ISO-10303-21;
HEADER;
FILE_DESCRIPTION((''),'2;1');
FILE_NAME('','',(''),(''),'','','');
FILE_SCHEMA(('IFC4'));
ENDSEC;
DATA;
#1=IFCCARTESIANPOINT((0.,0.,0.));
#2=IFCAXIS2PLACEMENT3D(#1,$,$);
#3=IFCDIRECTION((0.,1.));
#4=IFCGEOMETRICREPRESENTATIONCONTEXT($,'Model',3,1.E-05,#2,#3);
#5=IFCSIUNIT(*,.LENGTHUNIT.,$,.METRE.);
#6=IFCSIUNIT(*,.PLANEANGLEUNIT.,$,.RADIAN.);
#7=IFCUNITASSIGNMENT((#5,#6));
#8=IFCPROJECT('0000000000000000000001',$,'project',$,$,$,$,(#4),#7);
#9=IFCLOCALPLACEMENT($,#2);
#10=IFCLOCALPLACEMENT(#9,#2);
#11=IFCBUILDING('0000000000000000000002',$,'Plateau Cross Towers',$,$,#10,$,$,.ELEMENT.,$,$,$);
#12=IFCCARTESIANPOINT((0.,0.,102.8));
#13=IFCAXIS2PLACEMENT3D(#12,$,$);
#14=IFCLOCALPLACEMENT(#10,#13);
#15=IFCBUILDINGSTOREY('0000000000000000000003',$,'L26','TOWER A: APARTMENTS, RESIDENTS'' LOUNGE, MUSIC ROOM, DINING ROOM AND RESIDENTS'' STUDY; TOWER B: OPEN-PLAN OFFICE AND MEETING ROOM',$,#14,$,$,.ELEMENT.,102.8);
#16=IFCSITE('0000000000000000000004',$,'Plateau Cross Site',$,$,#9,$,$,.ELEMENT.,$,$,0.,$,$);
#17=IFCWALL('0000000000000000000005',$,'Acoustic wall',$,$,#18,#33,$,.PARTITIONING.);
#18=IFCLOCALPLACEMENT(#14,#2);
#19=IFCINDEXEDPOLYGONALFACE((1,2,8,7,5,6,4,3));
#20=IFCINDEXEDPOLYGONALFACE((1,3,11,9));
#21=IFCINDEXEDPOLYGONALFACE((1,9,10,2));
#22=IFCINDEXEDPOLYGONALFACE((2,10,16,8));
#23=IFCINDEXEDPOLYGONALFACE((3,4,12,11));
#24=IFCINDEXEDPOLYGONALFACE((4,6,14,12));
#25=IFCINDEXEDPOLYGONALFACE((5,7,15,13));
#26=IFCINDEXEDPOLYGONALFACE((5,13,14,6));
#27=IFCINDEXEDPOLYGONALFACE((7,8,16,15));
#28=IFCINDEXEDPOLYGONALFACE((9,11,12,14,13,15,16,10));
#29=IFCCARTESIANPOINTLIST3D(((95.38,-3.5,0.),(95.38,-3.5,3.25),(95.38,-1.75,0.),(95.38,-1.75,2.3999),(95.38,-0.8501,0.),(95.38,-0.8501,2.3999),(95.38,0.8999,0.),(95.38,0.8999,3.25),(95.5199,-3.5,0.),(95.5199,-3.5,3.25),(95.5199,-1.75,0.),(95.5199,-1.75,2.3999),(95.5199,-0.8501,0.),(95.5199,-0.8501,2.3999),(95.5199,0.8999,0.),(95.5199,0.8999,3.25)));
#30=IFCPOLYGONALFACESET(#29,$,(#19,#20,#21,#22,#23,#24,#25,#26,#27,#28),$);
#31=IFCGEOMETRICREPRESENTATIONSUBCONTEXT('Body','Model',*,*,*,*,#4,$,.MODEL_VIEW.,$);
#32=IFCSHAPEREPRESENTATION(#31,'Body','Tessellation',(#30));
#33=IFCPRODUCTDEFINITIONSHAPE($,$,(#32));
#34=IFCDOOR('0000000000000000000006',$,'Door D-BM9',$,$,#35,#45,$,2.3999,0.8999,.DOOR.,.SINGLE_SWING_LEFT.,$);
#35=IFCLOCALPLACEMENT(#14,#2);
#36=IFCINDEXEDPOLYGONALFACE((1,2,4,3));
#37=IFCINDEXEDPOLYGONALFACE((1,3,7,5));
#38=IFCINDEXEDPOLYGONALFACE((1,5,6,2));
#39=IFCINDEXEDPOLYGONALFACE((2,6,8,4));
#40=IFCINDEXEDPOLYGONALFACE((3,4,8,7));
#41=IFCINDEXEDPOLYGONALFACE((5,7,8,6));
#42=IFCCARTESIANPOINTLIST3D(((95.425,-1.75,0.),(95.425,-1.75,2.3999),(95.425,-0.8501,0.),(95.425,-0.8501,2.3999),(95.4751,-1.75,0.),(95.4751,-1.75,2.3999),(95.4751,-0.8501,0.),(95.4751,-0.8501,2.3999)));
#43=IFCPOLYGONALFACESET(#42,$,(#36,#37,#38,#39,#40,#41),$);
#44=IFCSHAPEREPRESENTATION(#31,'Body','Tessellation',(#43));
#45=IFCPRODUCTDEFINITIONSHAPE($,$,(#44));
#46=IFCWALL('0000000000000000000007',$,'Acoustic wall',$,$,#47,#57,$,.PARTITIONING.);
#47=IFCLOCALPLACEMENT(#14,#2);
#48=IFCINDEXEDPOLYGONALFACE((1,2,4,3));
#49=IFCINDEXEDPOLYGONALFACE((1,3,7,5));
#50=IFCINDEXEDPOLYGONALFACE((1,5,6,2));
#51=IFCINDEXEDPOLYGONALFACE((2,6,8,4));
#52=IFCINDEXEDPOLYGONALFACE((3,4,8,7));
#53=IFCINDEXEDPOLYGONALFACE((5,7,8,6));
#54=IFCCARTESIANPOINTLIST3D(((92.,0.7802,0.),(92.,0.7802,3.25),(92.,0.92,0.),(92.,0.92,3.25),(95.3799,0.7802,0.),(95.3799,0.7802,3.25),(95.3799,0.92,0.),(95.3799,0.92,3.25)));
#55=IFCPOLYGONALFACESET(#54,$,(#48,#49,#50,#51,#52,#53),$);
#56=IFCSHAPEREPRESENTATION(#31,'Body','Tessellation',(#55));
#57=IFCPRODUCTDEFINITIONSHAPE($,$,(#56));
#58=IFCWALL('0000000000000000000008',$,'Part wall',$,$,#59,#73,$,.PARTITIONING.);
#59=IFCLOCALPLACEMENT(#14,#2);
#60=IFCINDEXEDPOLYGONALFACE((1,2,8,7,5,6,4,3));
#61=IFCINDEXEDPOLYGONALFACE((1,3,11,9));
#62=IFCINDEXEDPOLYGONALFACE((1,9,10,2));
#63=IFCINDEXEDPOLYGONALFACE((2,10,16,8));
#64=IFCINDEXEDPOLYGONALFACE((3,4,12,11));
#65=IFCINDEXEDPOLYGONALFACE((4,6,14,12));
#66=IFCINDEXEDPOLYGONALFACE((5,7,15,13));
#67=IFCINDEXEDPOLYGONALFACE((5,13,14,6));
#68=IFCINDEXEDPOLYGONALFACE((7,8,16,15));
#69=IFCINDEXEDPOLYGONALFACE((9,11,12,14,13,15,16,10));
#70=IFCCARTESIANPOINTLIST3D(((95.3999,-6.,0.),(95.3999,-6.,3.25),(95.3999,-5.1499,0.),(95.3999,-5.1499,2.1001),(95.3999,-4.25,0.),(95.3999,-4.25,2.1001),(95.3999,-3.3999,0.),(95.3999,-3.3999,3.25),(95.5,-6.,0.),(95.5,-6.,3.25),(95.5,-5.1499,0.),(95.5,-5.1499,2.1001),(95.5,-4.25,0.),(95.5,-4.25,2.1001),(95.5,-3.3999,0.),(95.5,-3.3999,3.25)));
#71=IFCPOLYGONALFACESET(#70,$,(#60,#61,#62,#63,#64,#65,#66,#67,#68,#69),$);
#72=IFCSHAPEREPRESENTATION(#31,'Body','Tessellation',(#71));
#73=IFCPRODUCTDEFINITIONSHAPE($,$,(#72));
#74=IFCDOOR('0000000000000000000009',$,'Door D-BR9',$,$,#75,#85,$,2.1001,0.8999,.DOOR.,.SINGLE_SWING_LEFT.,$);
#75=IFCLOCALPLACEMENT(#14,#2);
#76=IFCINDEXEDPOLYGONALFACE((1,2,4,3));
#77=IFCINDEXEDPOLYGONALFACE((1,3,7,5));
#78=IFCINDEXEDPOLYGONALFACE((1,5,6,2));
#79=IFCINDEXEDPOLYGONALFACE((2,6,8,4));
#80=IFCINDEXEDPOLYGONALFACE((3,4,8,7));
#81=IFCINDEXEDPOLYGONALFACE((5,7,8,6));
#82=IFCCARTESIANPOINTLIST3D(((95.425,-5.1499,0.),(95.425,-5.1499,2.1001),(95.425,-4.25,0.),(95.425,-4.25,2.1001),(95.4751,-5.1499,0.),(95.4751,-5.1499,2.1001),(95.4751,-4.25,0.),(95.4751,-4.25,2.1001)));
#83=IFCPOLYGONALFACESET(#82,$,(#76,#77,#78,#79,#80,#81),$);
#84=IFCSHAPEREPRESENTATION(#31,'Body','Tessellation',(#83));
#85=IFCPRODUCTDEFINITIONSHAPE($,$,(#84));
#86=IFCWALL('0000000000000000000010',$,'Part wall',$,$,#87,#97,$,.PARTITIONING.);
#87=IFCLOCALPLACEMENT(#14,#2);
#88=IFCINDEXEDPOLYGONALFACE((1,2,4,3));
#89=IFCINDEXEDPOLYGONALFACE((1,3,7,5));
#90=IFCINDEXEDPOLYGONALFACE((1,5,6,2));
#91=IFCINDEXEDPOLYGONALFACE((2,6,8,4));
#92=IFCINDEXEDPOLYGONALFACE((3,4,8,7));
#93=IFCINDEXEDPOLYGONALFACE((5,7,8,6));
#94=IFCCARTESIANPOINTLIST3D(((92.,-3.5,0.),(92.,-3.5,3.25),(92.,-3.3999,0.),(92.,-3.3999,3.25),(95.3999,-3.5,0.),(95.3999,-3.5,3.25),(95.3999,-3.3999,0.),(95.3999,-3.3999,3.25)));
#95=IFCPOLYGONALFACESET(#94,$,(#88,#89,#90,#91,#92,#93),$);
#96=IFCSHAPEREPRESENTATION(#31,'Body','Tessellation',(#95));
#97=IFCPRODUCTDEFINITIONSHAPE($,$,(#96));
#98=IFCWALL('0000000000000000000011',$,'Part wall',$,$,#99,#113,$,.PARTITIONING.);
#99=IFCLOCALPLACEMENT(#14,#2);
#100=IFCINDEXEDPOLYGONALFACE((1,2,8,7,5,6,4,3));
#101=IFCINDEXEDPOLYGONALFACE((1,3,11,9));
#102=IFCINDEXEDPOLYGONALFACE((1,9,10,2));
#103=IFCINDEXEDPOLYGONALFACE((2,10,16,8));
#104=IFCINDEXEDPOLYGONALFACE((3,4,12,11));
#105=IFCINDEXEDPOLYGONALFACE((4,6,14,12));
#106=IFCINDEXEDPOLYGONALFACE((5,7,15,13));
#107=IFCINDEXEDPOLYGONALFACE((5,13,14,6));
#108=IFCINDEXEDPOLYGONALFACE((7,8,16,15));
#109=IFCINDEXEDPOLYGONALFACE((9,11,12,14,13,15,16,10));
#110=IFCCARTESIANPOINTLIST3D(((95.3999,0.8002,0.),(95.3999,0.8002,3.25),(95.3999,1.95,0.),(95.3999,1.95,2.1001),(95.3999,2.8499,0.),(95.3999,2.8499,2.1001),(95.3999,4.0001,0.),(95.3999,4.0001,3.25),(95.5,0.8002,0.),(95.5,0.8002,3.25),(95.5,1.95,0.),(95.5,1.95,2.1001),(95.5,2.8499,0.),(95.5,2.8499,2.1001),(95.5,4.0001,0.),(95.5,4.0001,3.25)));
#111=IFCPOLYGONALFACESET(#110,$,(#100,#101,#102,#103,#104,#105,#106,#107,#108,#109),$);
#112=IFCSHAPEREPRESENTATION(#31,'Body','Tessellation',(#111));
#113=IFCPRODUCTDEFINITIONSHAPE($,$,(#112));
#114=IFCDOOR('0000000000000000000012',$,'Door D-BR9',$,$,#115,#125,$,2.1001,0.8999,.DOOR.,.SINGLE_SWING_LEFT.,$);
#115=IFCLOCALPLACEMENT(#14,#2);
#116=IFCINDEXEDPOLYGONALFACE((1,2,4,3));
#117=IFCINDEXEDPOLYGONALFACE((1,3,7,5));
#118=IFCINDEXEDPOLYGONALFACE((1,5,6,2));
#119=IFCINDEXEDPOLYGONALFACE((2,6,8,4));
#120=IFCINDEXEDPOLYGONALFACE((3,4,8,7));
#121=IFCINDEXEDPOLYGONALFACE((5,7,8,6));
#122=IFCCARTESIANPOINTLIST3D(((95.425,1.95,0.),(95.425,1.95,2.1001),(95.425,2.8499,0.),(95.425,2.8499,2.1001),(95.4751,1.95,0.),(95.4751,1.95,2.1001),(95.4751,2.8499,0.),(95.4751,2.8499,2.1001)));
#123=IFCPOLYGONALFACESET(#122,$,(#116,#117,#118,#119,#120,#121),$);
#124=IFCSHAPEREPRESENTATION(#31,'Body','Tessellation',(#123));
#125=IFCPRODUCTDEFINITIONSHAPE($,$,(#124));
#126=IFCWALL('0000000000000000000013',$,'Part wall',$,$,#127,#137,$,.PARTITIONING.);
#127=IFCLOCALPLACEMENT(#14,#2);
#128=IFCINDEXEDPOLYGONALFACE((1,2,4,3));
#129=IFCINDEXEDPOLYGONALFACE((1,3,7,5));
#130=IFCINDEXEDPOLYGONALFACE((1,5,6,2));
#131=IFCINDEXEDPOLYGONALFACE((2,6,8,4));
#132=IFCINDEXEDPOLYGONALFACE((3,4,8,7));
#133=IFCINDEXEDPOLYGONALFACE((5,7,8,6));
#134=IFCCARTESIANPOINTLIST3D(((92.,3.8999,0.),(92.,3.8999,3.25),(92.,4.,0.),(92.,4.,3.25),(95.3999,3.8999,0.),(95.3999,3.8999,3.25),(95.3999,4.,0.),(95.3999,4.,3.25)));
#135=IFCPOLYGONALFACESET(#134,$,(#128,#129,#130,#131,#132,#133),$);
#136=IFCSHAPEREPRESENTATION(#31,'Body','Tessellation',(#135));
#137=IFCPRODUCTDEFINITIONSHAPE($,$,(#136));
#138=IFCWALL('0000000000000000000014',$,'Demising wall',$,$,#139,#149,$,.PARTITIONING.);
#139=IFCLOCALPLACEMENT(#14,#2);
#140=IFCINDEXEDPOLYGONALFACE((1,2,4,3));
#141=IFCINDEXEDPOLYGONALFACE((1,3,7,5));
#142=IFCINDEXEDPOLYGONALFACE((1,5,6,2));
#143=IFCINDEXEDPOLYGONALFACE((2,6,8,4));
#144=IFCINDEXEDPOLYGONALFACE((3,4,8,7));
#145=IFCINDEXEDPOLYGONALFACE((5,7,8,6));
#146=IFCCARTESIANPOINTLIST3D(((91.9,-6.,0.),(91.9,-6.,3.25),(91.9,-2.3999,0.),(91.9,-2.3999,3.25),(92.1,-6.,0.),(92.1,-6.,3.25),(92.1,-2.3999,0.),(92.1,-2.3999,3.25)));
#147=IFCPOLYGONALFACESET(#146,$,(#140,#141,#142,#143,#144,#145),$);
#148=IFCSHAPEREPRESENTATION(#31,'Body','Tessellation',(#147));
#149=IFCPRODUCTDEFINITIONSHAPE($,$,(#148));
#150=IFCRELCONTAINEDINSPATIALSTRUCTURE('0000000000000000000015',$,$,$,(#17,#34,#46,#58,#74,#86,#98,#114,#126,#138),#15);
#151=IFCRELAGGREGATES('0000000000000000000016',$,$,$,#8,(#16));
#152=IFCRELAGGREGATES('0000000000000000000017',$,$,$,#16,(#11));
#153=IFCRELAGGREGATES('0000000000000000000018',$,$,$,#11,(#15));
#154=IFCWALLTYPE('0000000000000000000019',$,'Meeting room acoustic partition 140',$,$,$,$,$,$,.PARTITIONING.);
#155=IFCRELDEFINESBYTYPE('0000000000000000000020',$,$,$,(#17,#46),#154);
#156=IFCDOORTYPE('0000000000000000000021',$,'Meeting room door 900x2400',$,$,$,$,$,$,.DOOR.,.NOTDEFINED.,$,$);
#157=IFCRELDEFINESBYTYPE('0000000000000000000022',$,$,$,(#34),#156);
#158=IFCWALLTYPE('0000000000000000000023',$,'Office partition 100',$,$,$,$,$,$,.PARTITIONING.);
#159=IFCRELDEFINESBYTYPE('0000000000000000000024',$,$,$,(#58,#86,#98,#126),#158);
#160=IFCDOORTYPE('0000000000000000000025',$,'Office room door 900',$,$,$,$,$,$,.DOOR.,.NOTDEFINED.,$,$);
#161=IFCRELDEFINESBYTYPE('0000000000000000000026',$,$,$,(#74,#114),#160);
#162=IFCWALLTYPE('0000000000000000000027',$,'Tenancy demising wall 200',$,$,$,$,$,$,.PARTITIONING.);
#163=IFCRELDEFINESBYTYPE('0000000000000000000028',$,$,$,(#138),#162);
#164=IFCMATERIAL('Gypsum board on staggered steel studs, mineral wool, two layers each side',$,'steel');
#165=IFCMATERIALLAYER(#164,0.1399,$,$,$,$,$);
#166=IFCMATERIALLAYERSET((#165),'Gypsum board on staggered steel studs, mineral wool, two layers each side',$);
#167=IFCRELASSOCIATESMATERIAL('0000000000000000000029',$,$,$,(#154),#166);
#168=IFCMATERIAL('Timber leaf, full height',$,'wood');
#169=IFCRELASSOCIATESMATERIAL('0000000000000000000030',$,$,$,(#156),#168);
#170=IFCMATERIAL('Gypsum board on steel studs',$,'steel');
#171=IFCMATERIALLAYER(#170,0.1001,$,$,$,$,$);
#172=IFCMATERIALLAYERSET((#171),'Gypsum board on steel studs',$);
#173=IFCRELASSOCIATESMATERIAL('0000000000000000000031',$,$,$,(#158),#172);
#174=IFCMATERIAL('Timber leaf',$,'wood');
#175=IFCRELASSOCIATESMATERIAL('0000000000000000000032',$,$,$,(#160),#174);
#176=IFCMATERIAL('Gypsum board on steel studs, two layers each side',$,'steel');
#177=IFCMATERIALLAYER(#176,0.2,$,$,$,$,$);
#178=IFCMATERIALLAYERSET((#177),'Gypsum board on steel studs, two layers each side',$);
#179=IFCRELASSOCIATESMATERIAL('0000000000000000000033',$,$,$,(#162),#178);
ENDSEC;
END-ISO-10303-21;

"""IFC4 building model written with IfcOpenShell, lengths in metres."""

from ifc_helpers import new_model, si_unit, direction, frame, frame_2d, origin, place, context, subcontext, project, spatial, rectangle, extrude, material, layer, layer_set, type_object, element, fill, save


model = new_model("IFC4")

# Units and contexts
model_context = context("Model", 3, precision=1e-05, world=origin(), true_north=direction((0.0, 1.0)))
body_context = subcontext(model_context, "Body", "Model", "MODEL_VIEW")
ifc_project = project(units=[si_unit("LENGTHUNIT", "METRE"), si_unit("PLANEANGLEUNIT", "RADIAN")], contexts=[model_context])

# Site, building, storey
site_placement = place(None, origin())
site = spatial("IfcSite", under=ifc_project, at=site_placement, Name="Plateau Cross Site", CompositionType="ELEMENT", RefElevation=0.0)
building_placement = place(site_placement, origin())
building = spatial("IfcBuilding", under=site, at=building_placement, Name="Plateau Cross Towers", CompositionType="ELEMENT")
storey_placement = place(building_placement, frame((0.0, 0.0, 102.8)))
storey = spatial("IfcBuildingStorey", under=building, at=storey_placement, Name="L26", Description="TOWER A: APARTMENTS, RESIDENTS' LOUNGE, MUSIC ROOM, DINING ROOM AND RESIDENTS' STUDY; TOWER B: OPEN-PLAN OFFICE AND MEETING ROOM", CompositionType="ELEMENT", Elevation=102.8)

# Wall, opening, door
ifc_material_1 = material(Name="Gypsum board on steel studs, two layers each side", Category="steel")
ifc_material_2 = material(Name="Gypsum board on staggered steel studs, mineral wool, two layers each side", Category="steel")
ifc_layer_1 = layer(ifc_material_2, 0.1399)
ifc_layer_set_1 = layer_set([ifc_layer_1], Name="Gypsum board on staggered steel studs, mineral wool, two layers each side")
wall_type_1 = type_object("IfcWallType", Name="Meeting room acoustic partition 140", PredefinedType="PARTITIONING", material=ifc_layer_set_1)
wall_1_placement = place(storey_placement, frame((95.45, -3.5, 0.0), z_axis=(0.0, 0.0, 1.0), x_axis=(0.0, 1.0, 0.0)))
wall_1 = element("IfcWall", 1, at=wall_1_placement, inside=storey, type_object=wall_type_1, Name="Acoustic wall", PredefinedType="PARTITIONING", context=body_context, shape_type="SweptSolid", body=[
    extrude(rectangle(XDim=4.3999, YDim=0.1399, at=frame_2d((2.2, 0.0))), origin(), (0.0, 0.0, 1.0), 3.25),
])
opening_1_placement = place(wall_1_placement, frame((1.75, 0.0, 0.0)))
opening_1 = element("IfcOpeningElement", 2, at=opening_1_placement, cuts=wall_1, PredefinedType="OPENING", context=body_context, shape_type="SweptSolid", body=[
    extrude(rectangle(XDim=0.8999, YDim=2.3999, at=frame_2d((0.45, 1.2))), frame((0.0, 0.0798, 0.0), z_axis=(0.0, -1.0, 0.0), x_axis=(1.0, 0.0, 0.0)), (0.0, 0.0, 1.0), 0.1599),
])
ifc_material_3 = material(Name="Timber leaf, full height", Category="wood")
door_type_1 = type_object("IfcDoorType", Name="Meeting room door 900x2400", OperationType="NOTDEFINED", PredefinedType="DOOR", material=ifc_material_3)
door_1_placement = place(opening_1_placement, origin())
door_1 = element("IfcDoor", 3, at=door_1_placement, inside=storey, type_object=door_type_1, Name="Door D-BM9", OperationType="SINGLE_SWING_LEFT", OverallHeight=2.3999, OverallWidth=0.8999, PredefinedType="DOOR", context=body_context, shape_type="SweptSolid", body=[
    extrude(rectangle(XDim=0.8999, YDim=2.3999, at=frame_2d((0.45, 1.2))), frame((0.0, 0.0249, 0.0), z_axis=(0.0, -1.0, 0.0), x_axis=(1.0, 0.0, 0.0)), (0.0, 0.0, 1.0), 0.05),
])
fill(opening_1, door_1)

# Wall
wall_2_placement = place(storey_placement, frame((92.0, 0.8501, 0.0), z_axis=(0.0, 0.0, 1.0), x_axis=(1.0, 0.0, 0.0)))
element("IfcWall", 4, at=wall_2_placement, inside=storey, type_object=wall_type_1, Name="Acoustic wall", PredefinedType="PARTITIONING", context=body_context, shape_type="SweptSolid", body=[
    extrude(rectangle(XDim=3.3799, YDim=0.1399, at=frame_2d((1.6899, 0.0))), origin(), (0.0, 0.0, 1.0), 3.25),
])

# Wall, opening, door
ifc_material_4 = material(Name="Gypsum board on steel studs", Category="steel")
ifc_layer_2 = layer(ifc_material_4, 0.1001)
ifc_layer_set_2 = layer_set([ifc_layer_2], Name="Gypsum board on steel studs")
wall_type_2 = type_object("IfcWallType", Name="Office partition 100", PredefinedType="PARTITIONING", material=ifc_layer_set_2)
wall_3_placement = place(storey_placement, frame((95.45, -6.0, 0.0), z_axis=(0.0, 0.0, 1.0), x_axis=(0.0, 1.0, 0.0)))
wall_3 = element("IfcWall", 5, at=wall_3_placement, inside=storey, type_object=wall_type_2, Name="Part wall", PredefinedType="PARTITIONING", context=body_context, shape_type="SweptSolid", body=[
    extrude(rectangle(XDim=2.6001, YDim=0.1001, at=frame_2d((1.3, 0.0))), origin(), (0.0, 0.0, 1.0), 3.25),
])
opening_2_placement = place(wall_3_placement, frame((0.8501, 0.0, 0.0)))
opening_2 = element("IfcOpeningElement", 6, at=opening_2_placement, cuts=wall_3, PredefinedType="OPENING", context=body_context, shape_type="SweptSolid", body=[
    extrude(rectangle(XDim=0.8999, YDim=2.1001, at=frame_2d((0.45, 1.05))), frame((0.0, 0.0601, 0.0), z_axis=(0.0, -1.0, 0.0), x_axis=(1.0, 0.0, 0.0)), (0.0, 0.0, 1.0), 0.1201),
])
ifc_material_5 = material(Name="Timber leaf", Category="wood")
door_type_2 = type_object("IfcDoorType", Name="Office room door 900", OperationType="NOTDEFINED", PredefinedType="DOOR", material=ifc_material_5)
door_2_placement = place(opening_2_placement, origin())
door_2 = element("IfcDoor", 7, at=door_2_placement, inside=storey, type_object=door_type_2, Name="Door D-BR9", OperationType="SINGLE_SWING_LEFT", OverallHeight=2.1001, OverallWidth=0.8999, PredefinedType="DOOR", context=body_context, shape_type="SweptSolid", body=[
    extrude(rectangle(XDim=0.8999, YDim=2.1001, at=frame_2d((0.45, 1.05))), frame((0.0, 0.0249, 0.0), z_axis=(0.0, -1.0, 0.0), x_axis=(1.0, 0.0, 0.0)), (0.0, 0.0, 1.0), 0.05),
])
fill(opening_2, door_2)

# Wall
wall_4_placement = place(storey_placement, frame((92.0, -3.45, 0.0), z_axis=(0.0, 0.0, 1.0), x_axis=(1.0, 0.0, 0.0)))
element("IfcWall", 8, at=wall_4_placement, inside=storey, type_object=wall_type_2, Name="Part wall", PredefinedType="PARTITIONING", context=body_context, shape_type="SweptSolid", body=[
    extrude(rectangle(XDim=3.3999, YDim=0.1001, at=frame_2d((1.7, 0.0))), origin(), (0.0, 0.0, 1.0), 3.25),
])

# Wall, opening, door
wall_5_placement = place(storey_placement, frame((95.45, 0.8, 0.0), z_axis=(0.0, 0.0, 1.0), x_axis=(0.0, 1.0, 0.0)))
wall_5 = element("IfcWall", 9, at=wall_5_placement, inside=storey, type_object=wall_type_2, Name="Part wall", PredefinedType="PARTITIONING", context=body_context, shape_type="SweptSolid", body=[
    extrude(rectangle(XDim=3.2, YDim=0.1001, at=frame_2d((1.6001, 0.0))), origin(), (0.0, 0.0, 1.0), 3.25),
])
opening_3_placement = place(wall_5_placement, frame((1.1499, 0.0, 0.0)))
opening_3 = element("IfcOpeningElement", 10, at=opening_3_placement, cuts=wall_5, PredefinedType="OPENING", context=body_context, shape_type="SweptSolid", body=[
    extrude(rectangle(XDim=0.8999, YDim=2.1001, at=frame_2d((0.45, 1.05))), frame((0.0, 0.0601, 0.0), z_axis=(0.0, -1.0, 0.0), x_axis=(1.0, 0.0, 0.0)), (0.0, 0.0, 1.0), 0.1201),
])
door_3_placement = place(opening_3_placement, origin())
door_3 = element("IfcDoor", 11, at=door_3_placement, inside=storey, type_object=door_type_2, Name="Door D-BR9", OperationType="SINGLE_SWING_LEFT", OverallHeight=2.1001, OverallWidth=0.8999, PredefinedType="DOOR", context=body_context, shape_type="SweptSolid", body=[
    extrude(rectangle(XDim=0.8999, YDim=2.1001, at=frame_2d((0.45, 1.05))), frame((0.0, 0.0249, 0.0), z_axis=(0.0, -1.0, 0.0), x_axis=(1.0, 0.0, 0.0)), (0.0, 0.0, 1.0), 0.05),
])
fill(opening_3, door_3)

# Walls
wall_6_placement = place(storey_placement, frame((92.0, 3.95, 0.0), z_axis=(0.0, 0.0, 1.0), x_axis=(1.0, 0.0, 0.0)))
element("IfcWall", 12, at=wall_6_placement, inside=storey, type_object=wall_type_2, Name="Part wall", PredefinedType="PARTITIONING", context=body_context, shape_type="SweptSolid", body=[
    extrude(rectangle(XDim=3.3999, YDim=0.1001, at=frame_2d((1.7, 0.0))), origin(), (0.0, 0.0, 1.0), 3.25),
])
ifc_layer_3 = layer(ifc_material_1, 0.2)
ifc_layer_set_3 = layer_set([ifc_layer_3], Name="Gypsum board on steel studs, two layers each side")
wall_type_3 = type_object("IfcWallType", Name="Tenancy demising wall 200", PredefinedType="PARTITIONING", material=ifc_layer_set_3)
wall_7_placement = place(storey_placement, frame((92.0, -6.0, 0.0), z_axis=(0.0, 0.0, 1.0), x_axis=(0.0, 1.0, 0.0)))
element("IfcWall", 13, at=wall_7_placement, inside=storey, type_object=wall_type_3, Name="Demising wall", PredefinedType="PARTITIONING", context=body_context, shape_type="SweptSolid", body=[
    extrude(rectangle(XDim=3.6001, YDim=0.2, at=frame_2d((1.8, 0.0))), origin(), (0.0, 0.0, 1.0), 3.25),
])

save(model, "model.ifc")
